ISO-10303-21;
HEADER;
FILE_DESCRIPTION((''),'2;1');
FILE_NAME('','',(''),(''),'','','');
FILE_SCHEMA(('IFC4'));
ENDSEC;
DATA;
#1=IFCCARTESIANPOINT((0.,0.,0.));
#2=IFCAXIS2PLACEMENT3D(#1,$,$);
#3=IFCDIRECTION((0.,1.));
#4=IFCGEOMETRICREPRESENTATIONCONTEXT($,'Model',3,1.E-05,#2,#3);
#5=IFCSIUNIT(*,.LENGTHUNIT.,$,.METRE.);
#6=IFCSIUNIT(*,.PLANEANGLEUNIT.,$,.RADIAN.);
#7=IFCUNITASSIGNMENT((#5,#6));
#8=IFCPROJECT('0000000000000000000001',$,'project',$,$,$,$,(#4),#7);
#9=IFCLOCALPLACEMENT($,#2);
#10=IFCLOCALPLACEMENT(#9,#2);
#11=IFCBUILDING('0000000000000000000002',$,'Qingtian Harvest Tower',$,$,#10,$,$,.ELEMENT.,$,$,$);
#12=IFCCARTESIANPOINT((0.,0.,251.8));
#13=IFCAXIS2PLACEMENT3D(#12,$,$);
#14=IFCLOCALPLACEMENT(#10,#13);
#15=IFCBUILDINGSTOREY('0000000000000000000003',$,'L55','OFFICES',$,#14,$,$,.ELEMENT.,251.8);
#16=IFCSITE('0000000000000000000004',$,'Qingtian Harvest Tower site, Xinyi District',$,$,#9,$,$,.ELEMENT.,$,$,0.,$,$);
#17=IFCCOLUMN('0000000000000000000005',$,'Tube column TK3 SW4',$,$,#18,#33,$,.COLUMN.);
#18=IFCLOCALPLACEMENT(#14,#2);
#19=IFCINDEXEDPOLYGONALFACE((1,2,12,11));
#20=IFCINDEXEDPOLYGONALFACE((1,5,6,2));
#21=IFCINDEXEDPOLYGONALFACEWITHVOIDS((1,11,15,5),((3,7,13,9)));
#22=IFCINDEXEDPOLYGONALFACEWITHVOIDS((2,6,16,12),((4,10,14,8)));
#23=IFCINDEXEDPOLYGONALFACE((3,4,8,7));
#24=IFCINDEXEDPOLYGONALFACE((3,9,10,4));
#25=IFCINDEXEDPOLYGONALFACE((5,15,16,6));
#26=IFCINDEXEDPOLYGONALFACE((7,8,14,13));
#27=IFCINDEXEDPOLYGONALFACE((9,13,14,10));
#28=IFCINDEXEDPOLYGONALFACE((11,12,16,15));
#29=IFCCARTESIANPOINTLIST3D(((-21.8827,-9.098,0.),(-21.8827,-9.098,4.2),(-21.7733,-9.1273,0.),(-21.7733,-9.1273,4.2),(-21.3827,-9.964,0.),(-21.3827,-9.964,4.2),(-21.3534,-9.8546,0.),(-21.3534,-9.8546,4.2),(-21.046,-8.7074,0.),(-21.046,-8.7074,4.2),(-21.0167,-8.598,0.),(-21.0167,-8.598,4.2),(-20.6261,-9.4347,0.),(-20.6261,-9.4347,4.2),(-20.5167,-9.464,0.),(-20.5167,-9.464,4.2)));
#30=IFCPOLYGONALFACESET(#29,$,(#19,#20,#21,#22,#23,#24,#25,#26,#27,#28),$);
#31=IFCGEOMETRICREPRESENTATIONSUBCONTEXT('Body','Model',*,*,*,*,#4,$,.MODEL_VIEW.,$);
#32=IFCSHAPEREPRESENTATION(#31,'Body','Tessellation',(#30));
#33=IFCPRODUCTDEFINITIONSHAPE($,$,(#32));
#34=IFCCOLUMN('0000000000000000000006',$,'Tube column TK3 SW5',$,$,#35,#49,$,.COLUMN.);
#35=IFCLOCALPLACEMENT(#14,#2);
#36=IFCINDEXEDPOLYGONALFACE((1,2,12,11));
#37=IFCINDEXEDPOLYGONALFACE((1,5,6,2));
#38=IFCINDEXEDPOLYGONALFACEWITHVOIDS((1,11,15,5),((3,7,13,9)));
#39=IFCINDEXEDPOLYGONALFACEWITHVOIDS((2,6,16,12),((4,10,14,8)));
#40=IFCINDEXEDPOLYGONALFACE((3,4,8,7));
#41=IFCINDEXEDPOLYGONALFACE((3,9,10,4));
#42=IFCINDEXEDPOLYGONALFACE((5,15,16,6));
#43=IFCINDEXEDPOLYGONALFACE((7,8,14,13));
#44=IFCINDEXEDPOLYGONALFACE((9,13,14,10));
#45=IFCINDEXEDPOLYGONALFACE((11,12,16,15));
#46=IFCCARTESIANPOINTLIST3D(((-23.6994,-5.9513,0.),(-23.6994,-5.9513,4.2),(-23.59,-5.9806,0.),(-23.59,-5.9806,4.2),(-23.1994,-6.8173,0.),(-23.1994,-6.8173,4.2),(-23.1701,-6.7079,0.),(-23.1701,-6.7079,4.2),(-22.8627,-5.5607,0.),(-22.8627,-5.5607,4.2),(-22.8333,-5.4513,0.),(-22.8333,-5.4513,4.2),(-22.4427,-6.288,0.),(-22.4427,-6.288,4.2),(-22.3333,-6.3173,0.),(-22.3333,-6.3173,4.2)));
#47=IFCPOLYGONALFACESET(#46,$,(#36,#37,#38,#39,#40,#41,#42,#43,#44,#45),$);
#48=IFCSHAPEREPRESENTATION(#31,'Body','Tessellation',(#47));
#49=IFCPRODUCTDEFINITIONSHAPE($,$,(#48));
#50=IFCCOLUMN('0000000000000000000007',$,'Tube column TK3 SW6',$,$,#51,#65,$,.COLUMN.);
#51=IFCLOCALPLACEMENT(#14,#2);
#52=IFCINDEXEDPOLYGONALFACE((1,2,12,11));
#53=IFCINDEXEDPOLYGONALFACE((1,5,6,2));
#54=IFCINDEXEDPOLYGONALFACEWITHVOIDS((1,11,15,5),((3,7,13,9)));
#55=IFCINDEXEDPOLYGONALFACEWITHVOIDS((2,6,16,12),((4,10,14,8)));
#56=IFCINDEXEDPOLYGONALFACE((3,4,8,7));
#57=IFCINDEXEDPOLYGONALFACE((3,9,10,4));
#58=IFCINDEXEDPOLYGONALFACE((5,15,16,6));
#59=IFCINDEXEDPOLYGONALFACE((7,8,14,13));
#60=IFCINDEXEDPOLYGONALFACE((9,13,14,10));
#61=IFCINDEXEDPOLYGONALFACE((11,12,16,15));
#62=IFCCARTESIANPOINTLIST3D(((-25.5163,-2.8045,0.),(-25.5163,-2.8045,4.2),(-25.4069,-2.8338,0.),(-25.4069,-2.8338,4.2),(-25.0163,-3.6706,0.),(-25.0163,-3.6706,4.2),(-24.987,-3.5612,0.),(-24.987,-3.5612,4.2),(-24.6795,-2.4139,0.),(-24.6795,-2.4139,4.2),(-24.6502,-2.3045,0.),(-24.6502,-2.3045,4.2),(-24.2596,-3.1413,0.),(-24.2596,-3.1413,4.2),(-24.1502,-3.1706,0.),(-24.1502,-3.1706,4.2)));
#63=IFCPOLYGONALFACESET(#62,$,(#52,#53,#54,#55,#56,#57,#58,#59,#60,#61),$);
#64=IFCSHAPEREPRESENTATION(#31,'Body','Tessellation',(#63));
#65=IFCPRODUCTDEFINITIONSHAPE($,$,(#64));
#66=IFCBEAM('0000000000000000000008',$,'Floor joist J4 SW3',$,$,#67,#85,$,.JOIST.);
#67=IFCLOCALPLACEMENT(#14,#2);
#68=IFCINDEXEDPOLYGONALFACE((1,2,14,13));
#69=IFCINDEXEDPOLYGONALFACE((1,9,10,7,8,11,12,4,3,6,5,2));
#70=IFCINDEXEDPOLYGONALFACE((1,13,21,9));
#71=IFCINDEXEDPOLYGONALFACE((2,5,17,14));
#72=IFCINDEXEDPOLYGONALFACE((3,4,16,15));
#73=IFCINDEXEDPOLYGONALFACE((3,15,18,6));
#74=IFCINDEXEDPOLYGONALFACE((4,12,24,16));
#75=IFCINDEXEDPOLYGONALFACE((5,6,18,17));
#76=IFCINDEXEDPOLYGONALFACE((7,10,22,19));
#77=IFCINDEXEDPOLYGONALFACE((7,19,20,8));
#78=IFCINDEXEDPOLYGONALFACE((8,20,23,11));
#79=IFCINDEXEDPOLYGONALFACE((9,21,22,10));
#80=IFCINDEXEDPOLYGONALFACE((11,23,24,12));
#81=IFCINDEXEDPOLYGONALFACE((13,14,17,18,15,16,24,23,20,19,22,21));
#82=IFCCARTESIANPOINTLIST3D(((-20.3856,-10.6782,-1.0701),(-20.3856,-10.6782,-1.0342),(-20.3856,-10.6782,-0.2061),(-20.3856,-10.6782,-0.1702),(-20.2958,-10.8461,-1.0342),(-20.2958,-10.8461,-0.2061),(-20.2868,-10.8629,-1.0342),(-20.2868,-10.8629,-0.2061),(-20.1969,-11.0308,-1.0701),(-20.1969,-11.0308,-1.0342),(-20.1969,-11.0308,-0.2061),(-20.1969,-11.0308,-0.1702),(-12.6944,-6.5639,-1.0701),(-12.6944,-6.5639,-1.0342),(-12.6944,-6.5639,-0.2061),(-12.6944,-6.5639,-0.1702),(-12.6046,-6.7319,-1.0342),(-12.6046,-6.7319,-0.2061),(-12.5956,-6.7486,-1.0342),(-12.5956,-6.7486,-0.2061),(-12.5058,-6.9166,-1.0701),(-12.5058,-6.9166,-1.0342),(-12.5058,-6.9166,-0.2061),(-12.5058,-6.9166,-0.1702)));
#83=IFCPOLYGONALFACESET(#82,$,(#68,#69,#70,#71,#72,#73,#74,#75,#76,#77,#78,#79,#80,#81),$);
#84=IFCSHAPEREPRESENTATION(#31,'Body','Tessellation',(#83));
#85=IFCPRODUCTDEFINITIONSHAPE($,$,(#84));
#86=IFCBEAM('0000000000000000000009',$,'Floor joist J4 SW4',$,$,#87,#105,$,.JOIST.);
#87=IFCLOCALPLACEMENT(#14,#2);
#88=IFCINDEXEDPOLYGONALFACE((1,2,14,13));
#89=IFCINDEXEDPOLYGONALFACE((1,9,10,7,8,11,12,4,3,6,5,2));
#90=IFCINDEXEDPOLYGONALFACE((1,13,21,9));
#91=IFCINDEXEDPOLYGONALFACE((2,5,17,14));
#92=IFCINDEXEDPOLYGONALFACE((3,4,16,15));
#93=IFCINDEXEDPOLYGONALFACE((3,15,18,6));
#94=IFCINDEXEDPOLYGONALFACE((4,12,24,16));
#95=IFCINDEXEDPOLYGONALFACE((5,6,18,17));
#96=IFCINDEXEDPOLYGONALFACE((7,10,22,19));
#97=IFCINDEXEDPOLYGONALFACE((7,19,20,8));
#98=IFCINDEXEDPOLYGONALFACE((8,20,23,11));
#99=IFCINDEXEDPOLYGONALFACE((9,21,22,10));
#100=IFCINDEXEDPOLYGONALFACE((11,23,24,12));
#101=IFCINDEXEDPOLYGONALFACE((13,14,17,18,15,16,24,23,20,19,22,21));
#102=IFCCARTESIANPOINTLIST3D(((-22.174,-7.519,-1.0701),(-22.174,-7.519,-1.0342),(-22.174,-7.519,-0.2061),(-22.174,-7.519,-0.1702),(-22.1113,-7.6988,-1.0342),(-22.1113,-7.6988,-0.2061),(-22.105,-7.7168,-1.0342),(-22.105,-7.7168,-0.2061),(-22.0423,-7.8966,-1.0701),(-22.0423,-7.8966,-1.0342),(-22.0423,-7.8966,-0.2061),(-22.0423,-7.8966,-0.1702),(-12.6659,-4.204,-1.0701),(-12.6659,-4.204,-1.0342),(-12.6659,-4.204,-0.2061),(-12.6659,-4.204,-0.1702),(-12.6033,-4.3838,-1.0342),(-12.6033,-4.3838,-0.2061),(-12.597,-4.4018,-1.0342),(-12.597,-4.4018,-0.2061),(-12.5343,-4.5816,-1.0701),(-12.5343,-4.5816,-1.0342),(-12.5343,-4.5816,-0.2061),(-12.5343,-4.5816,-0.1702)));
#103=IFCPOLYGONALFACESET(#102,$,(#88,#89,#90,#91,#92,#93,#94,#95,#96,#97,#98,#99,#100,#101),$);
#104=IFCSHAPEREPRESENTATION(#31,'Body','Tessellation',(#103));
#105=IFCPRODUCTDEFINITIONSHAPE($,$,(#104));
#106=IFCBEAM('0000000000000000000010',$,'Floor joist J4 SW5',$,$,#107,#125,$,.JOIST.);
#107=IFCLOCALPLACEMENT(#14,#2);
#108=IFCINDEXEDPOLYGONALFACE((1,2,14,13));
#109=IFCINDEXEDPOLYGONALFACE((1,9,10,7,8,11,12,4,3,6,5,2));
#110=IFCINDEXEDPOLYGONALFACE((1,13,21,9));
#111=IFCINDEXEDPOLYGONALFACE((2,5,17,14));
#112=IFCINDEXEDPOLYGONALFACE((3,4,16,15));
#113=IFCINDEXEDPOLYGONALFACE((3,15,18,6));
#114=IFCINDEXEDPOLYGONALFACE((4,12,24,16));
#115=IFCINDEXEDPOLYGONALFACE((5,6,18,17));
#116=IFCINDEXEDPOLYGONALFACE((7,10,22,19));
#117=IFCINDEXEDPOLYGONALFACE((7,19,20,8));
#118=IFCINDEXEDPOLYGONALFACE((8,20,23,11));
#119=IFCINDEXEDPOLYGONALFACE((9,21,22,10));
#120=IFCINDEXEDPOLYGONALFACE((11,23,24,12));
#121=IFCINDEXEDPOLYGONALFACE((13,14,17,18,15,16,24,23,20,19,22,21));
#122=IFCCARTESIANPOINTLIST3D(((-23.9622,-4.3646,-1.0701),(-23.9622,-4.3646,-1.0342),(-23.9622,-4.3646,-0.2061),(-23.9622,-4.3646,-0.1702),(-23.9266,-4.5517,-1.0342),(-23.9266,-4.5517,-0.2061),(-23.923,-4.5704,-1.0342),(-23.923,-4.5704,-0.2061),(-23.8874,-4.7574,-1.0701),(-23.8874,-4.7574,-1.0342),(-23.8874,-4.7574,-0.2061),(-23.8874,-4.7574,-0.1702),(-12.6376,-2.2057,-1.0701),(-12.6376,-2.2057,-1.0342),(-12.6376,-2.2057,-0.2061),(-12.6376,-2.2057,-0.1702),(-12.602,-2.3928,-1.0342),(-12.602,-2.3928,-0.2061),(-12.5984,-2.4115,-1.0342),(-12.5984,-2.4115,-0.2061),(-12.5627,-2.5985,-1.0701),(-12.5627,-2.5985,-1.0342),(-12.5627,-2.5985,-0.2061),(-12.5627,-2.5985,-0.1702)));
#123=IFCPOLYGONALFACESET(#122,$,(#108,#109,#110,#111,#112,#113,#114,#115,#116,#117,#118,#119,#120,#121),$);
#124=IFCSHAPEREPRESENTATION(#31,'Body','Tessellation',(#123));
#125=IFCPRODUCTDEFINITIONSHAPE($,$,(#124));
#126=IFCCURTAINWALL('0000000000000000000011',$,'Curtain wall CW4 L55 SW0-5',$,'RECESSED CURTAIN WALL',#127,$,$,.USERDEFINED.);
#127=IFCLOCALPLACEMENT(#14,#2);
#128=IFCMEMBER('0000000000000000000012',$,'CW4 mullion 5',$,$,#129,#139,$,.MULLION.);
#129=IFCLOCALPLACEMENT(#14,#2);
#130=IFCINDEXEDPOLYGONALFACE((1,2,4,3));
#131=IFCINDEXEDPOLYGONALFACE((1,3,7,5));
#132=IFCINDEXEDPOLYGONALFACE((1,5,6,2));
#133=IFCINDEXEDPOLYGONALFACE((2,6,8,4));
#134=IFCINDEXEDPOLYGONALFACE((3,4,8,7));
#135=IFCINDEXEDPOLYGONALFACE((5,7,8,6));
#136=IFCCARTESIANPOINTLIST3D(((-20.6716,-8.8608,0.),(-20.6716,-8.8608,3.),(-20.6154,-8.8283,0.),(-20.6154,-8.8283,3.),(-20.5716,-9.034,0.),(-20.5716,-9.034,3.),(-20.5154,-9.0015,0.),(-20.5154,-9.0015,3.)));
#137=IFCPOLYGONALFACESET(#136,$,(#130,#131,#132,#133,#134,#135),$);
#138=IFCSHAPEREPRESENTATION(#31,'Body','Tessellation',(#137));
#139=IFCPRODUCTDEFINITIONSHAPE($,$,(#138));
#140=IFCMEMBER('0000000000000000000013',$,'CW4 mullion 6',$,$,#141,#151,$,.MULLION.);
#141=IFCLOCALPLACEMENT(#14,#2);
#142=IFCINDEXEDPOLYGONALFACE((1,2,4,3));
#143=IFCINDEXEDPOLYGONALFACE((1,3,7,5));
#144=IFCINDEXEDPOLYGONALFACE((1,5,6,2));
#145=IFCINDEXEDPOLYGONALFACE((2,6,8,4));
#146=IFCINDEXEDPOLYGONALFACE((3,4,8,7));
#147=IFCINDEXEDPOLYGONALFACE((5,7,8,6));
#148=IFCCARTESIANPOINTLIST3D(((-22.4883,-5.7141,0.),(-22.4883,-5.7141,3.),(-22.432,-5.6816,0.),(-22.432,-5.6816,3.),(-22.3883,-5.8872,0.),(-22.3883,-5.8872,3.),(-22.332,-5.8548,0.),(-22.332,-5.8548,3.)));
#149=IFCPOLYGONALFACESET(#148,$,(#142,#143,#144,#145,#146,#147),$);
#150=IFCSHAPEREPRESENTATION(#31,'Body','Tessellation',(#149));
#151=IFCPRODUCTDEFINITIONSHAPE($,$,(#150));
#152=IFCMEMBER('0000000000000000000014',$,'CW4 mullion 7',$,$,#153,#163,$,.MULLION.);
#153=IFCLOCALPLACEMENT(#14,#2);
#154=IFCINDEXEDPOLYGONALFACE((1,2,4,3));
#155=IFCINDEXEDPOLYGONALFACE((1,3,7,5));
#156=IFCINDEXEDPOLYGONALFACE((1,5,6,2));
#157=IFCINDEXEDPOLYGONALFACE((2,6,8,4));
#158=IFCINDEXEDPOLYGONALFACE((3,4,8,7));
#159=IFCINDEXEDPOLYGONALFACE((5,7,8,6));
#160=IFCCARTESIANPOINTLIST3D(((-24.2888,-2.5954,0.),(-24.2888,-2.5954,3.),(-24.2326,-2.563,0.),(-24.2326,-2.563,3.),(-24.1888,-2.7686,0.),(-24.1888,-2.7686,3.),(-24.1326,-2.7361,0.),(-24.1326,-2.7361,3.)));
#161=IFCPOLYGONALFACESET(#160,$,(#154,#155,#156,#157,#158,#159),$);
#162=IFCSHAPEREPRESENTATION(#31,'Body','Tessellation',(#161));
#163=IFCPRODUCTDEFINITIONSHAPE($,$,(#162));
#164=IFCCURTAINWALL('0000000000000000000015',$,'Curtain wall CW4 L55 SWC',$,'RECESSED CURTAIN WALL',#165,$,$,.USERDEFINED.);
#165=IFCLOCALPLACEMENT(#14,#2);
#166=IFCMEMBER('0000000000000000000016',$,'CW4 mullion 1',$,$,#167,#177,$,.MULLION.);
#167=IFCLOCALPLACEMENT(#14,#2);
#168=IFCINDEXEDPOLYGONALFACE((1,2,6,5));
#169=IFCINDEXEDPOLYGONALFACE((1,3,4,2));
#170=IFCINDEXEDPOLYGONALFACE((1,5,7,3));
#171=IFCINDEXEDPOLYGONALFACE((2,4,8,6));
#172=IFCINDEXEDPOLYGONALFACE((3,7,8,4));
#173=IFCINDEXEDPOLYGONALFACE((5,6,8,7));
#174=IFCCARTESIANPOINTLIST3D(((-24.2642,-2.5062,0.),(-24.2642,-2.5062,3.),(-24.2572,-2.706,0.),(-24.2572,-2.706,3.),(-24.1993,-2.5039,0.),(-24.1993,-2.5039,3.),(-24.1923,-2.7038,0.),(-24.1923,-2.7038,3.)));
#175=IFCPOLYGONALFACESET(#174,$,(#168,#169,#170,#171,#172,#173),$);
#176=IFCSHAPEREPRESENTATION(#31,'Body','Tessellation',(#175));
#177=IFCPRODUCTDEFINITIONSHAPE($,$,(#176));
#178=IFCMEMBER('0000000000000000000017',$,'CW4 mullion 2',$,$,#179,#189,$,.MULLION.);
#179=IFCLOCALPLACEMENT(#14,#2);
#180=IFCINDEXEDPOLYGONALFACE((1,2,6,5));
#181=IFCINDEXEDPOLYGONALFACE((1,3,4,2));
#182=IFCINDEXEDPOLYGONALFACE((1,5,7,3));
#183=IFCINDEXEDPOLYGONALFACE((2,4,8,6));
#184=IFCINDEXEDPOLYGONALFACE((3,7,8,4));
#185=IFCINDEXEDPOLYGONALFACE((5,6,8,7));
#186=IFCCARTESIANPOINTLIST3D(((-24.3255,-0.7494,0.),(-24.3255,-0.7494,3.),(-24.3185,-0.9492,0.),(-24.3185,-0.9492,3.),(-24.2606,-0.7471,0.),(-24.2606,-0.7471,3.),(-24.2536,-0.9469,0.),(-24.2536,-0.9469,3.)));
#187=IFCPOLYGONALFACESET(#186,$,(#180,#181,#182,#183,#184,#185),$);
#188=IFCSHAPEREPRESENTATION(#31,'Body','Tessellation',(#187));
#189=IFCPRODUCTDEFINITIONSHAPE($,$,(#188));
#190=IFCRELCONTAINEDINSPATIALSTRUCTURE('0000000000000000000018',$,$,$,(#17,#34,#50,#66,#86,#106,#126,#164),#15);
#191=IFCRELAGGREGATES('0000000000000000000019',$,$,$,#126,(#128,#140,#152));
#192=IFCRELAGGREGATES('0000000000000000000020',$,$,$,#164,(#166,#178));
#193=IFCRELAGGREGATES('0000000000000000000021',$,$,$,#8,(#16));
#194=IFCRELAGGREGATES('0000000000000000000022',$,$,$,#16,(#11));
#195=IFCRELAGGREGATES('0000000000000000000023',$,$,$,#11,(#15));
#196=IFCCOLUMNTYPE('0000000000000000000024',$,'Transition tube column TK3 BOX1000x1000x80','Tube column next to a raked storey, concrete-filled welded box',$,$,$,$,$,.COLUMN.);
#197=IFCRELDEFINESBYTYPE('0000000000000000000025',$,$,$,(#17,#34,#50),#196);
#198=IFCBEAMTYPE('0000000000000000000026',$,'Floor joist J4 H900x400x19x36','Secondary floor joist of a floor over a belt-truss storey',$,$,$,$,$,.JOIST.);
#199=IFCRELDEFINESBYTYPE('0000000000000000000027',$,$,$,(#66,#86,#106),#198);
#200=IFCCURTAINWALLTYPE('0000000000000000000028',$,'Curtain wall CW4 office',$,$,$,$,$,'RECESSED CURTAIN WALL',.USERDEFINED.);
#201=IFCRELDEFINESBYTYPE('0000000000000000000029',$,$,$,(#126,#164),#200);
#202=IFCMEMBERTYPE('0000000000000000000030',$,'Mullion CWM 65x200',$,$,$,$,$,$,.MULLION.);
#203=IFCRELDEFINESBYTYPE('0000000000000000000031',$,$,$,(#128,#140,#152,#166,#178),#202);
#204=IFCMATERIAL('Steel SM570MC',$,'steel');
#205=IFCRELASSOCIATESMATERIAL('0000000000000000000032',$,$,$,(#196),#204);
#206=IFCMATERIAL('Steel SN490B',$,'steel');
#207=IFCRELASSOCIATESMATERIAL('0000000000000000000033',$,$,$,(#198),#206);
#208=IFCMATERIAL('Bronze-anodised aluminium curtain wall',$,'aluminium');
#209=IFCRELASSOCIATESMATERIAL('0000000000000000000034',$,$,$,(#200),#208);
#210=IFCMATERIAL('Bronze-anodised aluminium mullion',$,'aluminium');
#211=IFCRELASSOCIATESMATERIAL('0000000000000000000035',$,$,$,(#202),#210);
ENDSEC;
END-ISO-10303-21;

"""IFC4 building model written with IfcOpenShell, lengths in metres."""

from ifc_helpers import new_model, si_unit, direction, frame, origin, origin_2d, place, context, subcontext, project, spatial, rectangle, hollow_rectangle, i_section, extrude, material, material_profile, profile_set, type_object, element, aggregate, save


model = new_model("IFC4")

# Units and contexts
model_context = context("Model", 3, precision=1e-05, world=origin(), true_north=direction((0.0, 1.0)))
body_context = subcontext(model_context, "Body", "Model", "MODEL_VIEW")
ifc_project = project(units=[si_unit("LENGTHUNIT", "METRE"), si_unit("PLANEANGLEUNIT", "RADIAN")], contexts=[model_context])

# Site, building, storey
site_placement = place(None, origin())
site = spatial("IfcSite", under=ifc_project, at=site_placement, Name="Qingtian Harvest Tower site, Xinyi District", CompositionType="ELEMENT", RefElevation=0.0)
building_placement = place(site_placement, origin())
building = spatial("IfcBuilding", under=site, at=building_placement, Name="Qingtian Harvest Tower", CompositionType="ELEMENT")
storey_placement = place(building_placement, frame((0.0, 0.0, 251.8)))
storey = spatial("IfcBuildingStorey", under=building, at=storey_placement, Name="L55", Description="OFFICES", CompositionType="ELEMENT", Elevation=251.8)

# Columns
ifc_material_1 = material(Name="Steel SM570MC", Category="steel")
ifc_material_profile_1 = material_profile(ifc_material_1, hollow_rectangle(XDim=1.0, YDim=1.0, WallThickness=0.0801, at=origin_2d()), Name="BOX1000x1000x80")
ifc_profile_set_1 = profile_set([ifc_material_profile_1], Name="Steel SM570MC")
column_type = type_object("IfcColumnType", Name="Transition tube column TK3 BOX1000x1000x80", Description="Tube column next to a raked storey, concrete-filled welded box", PredefinedType="COLUMN", material=ifc_profile_set_1)
for number, where, z_axis, x_axis, name in (
    (1, (-21.1997, -9.281, 0.0), (0.0, 0.0, 1.0), (0.5, -0.866025, 0.0), "Tube column TK3 SW4"),
    (2, (-23.0164, -6.1343, 0.0), (0.0, 0.0, 1.0), (0.5, -0.866025, 0.0), "Tube column TK3 SW5"),
    (3, (-24.8333, -2.9875, 0.0), (0.0, 0.0, 1.0), (0.5, -0.866025, 0.0), "Tube column TK3 SW6"),
):
    element("IfcColumn", number, at=place(storey_placement, frame(where, z_axis=z_axis, x_axis=x_axis)), inside=storey, type_object=column_type, Name=name, PredefinedType="COLUMN", context=body_context, shape_type="SweptSolid", body=[
        extrude(hollow_rectangle(XDim=1.0, YDim=1.0, WallThickness=0.0801, at=origin_2d()), origin(), (0.0, 0.0, 1.0), 4.2),
    ])

# Beams
ifc_material_2 = material(Name="Steel SN490B", Category="steel")
ifc_material_profile_2 = material_profile(ifc_material_2, i_section(OverallWidth=0.3999, OverallDepth=0.8999, WebThickness=0.019, FlangeThickness=0.0359, at=origin_2d()), Name="H900x400x19x36")
ifc_profile_set_2 = profile_set([ifc_material_profile_2], Name="Steel SN490B")
beam_type_1 = type_object("IfcBeamType", Name="Floor joist J4 H900x400x19x36", Description="Secondary floor joist of a floor over a belt-truss storey", PredefinedType="JOIST", material=ifc_profile_set_2)
beam_1_placement = place(storey_placement, frame((-20.2913, -10.8545, -0.6201), z_axis=(0.881767, 0.471686, 0.0), x_axis=(-0.471686, 0.881767, 0.0)))
element("IfcBeam", 4, at=beam_1_placement, inside=storey, type_object=beam_type_1, Name="Floor joist J4 SW3", PredefinedType="JOIST", context=body_context, shape_type="SweptSolid", body=[
    extrude(i_section(OverallWidth=0.3999, OverallDepth=0.8999, WebThickness=0.019, FlangeThickness=0.0359, at=origin_2d()), origin(), (0.0, 0.0, 1.0), 8.7224),
])
beam_2_placement = place(storey_placement, frame((-22.1082, -7.7078, -0.6201), z_axis=(0.944256, 0.329211, 0.0), x_axis=(-0.329211, 0.944256, 0.0)))
element("IfcBeam", 5, at=beam_2_placement, inside=storey, type_object=beam_type_1, Name="Floor joist J4 SW4", PredefinedType="JOIST", context=body_context, shape_type="SweptSolid", body=[
    extrude(i_section(OverallWidth=0.3999, OverallDepth=0.8999, WebThickness=0.019, FlangeThickness=0.0359, at=origin_2d()), origin(), (0.0, 0.0, 1.0), 10.0693),
])
beam_3_placement = place(storey_placement, frame((-23.9248, -4.561, -0.6201), z_axis=(0.982309, 0.187267, 0.0), x_axis=(-0.187267, 0.982309, 0.0)))
element("IfcBeam", 6, at=beam_3_placement, inside=storey, type_object=beam_type_1, Name="Floor joist J4 SW5", PredefinedType="JOIST", context=body_context, shape_type="SweptSolid", body=[
    extrude(i_section(OverallWidth=0.3999, OverallDepth=0.8999, WebThickness=0.019, FlangeThickness=0.0359, at=origin_2d()), origin(), (0.0, 0.0, 1.0), 11.5286),
])

# Curtain walls, members
ifc_material_3 = material(Name="Bronze-anodised aluminium curtain wall", Category="aluminium")
curtain_wall_type = type_object("IfcCurtainWallType", Name="Curtain wall CW4 office", ElementType="RECESSED CURTAIN WALL", PredefinedType="USERDEFINED", material=ifc_material_3)
curtain_wall_1_placement = place(storey_placement, origin())
curtain_wall_1 = element("IfcCurtainWall", 7, at=curtain_wall_1_placement, inside=storey, type_object=curtain_wall_type, Name="Curtain wall CW4 L55 SW0-5", ObjectType="RECESSED CURTAIN WALL", PredefinedType="USERDEFINED")
ifc_material_4 = material(Name="Bronze-anodised aluminium mullion", Category="aluminium")
ifc_material_profile_3 = material_profile(ifc_material_4, rectangle(XDim=0.0649, YDim=0.2, at=origin_2d()), Name="AL 65x200")
ifc_profile_set_3 = profile_set([ifc_material_profile_3], Name="Bronze-anodised aluminium mullion")
member_type_1 = type_object("IfcMemberType", Name="Mullion CWM 65x200", PredefinedType="MULLION", material=ifc_profile_set_3)
member_1_placement = place(storey_placement, frame((-20.5935, -8.9312, 0.0), z_axis=(0.0, 0.0, 1.0), x_axis=(-0.866025, -0.5, 0.0)))
member_1 = element("IfcMember", 8, at=member_1_placement, type_object=member_type_1, Name="CW4 mullion 5", PredefinedType="MULLION", context=body_context, shape_type="SweptSolid", body=[
    extrude(rectangle(XDim=0.0649, YDim=0.2, at=origin_2d()), origin(), (0.0, 0.0, 1.0), 3.0),
])
member_2_placement = place(storey_placement, frame((-22.4102, -5.7844, 0.0), z_axis=(0.0, 0.0, 1.0), x_axis=(-0.866025, -0.5, 0.0)))
member_2 = element("IfcMember", 9, at=member_2_placement, type_object=member_type_1, Name="CW4 mullion 6", PredefinedType="MULLION", context=body_context, shape_type="SweptSolid", body=[
    extrude(rectangle(XDim=0.0649, YDim=0.2, at=origin_2d()), origin(), (0.0, 0.0, 1.0), 3.0),
])
member_3_placement = place(storey_placement, frame((-24.2107, -2.6658, 0.0), z_axis=(0.0, 0.0, 1.0), x_axis=(-0.866025, -0.5, 0.0)))
member_3 = element("IfcMember", 10, at=member_3_placement, type_object=member_type_1, Name="CW4 mullion 7", PredefinedType="MULLION", context=body_context, shape_type="SweptSolid", body=[
    extrude(rectangle(XDim=0.0649, YDim=0.2, at=origin_2d()), origin(), (0.0, 0.0, 1.0), 3.0),
])
curtain_wall_2_placement = place(storey_placement, origin())
curtain_wall_2 = element("IfcCurtainWall", 11, at=curtain_wall_2_placement, inside=storey, type_object=curtain_wall_type, Name="Curtain wall CW4 L55 SWC", ObjectType="RECESSED CURTAIN WALL", PredefinedType="USERDEFINED")
member_4_placement = place(storey_placement, frame((-24.2283, -2.605, 0.0), z_axis=(0.0, 0.0, 1.0), x_axis=(-0.999391, -0.034899, 0.0)))
member_4 = element("IfcMember", 12, at=member_4_placement, type_object=member_type_1, Name="CW4 mullion 1", PredefinedType="MULLION", context=body_context, shape_type="SweptSolid", body=[
    extrude(rectangle(XDim=0.0649, YDim=0.2, at=origin_2d()), origin(), (0.0, 0.0, 1.0), 3.0),
])
member_5_placement = place(storey_placement, frame((-24.2896, -0.8481, 0.0), z_axis=(0.0, 0.0, 1.0), x_axis=(-0.999391, -0.034899, 0.0)))
member_5 = element("IfcMember", 13, at=member_5_placement, type_object=member_type_1, Name="CW4 mullion 2", PredefinedType="MULLION", context=body_context, shape_type="SweptSolid", body=[
    extrude(rectangle(XDim=0.0649, YDim=0.2, at=origin_2d()), origin(), (0.0, 0.0, 1.0), 3.0),
])

aggregate(curtain_wall_1, [member_1, member_2, member_3])
aggregate(curtain_wall_2, [member_4, member_5])

save(model, "model.ifc")
